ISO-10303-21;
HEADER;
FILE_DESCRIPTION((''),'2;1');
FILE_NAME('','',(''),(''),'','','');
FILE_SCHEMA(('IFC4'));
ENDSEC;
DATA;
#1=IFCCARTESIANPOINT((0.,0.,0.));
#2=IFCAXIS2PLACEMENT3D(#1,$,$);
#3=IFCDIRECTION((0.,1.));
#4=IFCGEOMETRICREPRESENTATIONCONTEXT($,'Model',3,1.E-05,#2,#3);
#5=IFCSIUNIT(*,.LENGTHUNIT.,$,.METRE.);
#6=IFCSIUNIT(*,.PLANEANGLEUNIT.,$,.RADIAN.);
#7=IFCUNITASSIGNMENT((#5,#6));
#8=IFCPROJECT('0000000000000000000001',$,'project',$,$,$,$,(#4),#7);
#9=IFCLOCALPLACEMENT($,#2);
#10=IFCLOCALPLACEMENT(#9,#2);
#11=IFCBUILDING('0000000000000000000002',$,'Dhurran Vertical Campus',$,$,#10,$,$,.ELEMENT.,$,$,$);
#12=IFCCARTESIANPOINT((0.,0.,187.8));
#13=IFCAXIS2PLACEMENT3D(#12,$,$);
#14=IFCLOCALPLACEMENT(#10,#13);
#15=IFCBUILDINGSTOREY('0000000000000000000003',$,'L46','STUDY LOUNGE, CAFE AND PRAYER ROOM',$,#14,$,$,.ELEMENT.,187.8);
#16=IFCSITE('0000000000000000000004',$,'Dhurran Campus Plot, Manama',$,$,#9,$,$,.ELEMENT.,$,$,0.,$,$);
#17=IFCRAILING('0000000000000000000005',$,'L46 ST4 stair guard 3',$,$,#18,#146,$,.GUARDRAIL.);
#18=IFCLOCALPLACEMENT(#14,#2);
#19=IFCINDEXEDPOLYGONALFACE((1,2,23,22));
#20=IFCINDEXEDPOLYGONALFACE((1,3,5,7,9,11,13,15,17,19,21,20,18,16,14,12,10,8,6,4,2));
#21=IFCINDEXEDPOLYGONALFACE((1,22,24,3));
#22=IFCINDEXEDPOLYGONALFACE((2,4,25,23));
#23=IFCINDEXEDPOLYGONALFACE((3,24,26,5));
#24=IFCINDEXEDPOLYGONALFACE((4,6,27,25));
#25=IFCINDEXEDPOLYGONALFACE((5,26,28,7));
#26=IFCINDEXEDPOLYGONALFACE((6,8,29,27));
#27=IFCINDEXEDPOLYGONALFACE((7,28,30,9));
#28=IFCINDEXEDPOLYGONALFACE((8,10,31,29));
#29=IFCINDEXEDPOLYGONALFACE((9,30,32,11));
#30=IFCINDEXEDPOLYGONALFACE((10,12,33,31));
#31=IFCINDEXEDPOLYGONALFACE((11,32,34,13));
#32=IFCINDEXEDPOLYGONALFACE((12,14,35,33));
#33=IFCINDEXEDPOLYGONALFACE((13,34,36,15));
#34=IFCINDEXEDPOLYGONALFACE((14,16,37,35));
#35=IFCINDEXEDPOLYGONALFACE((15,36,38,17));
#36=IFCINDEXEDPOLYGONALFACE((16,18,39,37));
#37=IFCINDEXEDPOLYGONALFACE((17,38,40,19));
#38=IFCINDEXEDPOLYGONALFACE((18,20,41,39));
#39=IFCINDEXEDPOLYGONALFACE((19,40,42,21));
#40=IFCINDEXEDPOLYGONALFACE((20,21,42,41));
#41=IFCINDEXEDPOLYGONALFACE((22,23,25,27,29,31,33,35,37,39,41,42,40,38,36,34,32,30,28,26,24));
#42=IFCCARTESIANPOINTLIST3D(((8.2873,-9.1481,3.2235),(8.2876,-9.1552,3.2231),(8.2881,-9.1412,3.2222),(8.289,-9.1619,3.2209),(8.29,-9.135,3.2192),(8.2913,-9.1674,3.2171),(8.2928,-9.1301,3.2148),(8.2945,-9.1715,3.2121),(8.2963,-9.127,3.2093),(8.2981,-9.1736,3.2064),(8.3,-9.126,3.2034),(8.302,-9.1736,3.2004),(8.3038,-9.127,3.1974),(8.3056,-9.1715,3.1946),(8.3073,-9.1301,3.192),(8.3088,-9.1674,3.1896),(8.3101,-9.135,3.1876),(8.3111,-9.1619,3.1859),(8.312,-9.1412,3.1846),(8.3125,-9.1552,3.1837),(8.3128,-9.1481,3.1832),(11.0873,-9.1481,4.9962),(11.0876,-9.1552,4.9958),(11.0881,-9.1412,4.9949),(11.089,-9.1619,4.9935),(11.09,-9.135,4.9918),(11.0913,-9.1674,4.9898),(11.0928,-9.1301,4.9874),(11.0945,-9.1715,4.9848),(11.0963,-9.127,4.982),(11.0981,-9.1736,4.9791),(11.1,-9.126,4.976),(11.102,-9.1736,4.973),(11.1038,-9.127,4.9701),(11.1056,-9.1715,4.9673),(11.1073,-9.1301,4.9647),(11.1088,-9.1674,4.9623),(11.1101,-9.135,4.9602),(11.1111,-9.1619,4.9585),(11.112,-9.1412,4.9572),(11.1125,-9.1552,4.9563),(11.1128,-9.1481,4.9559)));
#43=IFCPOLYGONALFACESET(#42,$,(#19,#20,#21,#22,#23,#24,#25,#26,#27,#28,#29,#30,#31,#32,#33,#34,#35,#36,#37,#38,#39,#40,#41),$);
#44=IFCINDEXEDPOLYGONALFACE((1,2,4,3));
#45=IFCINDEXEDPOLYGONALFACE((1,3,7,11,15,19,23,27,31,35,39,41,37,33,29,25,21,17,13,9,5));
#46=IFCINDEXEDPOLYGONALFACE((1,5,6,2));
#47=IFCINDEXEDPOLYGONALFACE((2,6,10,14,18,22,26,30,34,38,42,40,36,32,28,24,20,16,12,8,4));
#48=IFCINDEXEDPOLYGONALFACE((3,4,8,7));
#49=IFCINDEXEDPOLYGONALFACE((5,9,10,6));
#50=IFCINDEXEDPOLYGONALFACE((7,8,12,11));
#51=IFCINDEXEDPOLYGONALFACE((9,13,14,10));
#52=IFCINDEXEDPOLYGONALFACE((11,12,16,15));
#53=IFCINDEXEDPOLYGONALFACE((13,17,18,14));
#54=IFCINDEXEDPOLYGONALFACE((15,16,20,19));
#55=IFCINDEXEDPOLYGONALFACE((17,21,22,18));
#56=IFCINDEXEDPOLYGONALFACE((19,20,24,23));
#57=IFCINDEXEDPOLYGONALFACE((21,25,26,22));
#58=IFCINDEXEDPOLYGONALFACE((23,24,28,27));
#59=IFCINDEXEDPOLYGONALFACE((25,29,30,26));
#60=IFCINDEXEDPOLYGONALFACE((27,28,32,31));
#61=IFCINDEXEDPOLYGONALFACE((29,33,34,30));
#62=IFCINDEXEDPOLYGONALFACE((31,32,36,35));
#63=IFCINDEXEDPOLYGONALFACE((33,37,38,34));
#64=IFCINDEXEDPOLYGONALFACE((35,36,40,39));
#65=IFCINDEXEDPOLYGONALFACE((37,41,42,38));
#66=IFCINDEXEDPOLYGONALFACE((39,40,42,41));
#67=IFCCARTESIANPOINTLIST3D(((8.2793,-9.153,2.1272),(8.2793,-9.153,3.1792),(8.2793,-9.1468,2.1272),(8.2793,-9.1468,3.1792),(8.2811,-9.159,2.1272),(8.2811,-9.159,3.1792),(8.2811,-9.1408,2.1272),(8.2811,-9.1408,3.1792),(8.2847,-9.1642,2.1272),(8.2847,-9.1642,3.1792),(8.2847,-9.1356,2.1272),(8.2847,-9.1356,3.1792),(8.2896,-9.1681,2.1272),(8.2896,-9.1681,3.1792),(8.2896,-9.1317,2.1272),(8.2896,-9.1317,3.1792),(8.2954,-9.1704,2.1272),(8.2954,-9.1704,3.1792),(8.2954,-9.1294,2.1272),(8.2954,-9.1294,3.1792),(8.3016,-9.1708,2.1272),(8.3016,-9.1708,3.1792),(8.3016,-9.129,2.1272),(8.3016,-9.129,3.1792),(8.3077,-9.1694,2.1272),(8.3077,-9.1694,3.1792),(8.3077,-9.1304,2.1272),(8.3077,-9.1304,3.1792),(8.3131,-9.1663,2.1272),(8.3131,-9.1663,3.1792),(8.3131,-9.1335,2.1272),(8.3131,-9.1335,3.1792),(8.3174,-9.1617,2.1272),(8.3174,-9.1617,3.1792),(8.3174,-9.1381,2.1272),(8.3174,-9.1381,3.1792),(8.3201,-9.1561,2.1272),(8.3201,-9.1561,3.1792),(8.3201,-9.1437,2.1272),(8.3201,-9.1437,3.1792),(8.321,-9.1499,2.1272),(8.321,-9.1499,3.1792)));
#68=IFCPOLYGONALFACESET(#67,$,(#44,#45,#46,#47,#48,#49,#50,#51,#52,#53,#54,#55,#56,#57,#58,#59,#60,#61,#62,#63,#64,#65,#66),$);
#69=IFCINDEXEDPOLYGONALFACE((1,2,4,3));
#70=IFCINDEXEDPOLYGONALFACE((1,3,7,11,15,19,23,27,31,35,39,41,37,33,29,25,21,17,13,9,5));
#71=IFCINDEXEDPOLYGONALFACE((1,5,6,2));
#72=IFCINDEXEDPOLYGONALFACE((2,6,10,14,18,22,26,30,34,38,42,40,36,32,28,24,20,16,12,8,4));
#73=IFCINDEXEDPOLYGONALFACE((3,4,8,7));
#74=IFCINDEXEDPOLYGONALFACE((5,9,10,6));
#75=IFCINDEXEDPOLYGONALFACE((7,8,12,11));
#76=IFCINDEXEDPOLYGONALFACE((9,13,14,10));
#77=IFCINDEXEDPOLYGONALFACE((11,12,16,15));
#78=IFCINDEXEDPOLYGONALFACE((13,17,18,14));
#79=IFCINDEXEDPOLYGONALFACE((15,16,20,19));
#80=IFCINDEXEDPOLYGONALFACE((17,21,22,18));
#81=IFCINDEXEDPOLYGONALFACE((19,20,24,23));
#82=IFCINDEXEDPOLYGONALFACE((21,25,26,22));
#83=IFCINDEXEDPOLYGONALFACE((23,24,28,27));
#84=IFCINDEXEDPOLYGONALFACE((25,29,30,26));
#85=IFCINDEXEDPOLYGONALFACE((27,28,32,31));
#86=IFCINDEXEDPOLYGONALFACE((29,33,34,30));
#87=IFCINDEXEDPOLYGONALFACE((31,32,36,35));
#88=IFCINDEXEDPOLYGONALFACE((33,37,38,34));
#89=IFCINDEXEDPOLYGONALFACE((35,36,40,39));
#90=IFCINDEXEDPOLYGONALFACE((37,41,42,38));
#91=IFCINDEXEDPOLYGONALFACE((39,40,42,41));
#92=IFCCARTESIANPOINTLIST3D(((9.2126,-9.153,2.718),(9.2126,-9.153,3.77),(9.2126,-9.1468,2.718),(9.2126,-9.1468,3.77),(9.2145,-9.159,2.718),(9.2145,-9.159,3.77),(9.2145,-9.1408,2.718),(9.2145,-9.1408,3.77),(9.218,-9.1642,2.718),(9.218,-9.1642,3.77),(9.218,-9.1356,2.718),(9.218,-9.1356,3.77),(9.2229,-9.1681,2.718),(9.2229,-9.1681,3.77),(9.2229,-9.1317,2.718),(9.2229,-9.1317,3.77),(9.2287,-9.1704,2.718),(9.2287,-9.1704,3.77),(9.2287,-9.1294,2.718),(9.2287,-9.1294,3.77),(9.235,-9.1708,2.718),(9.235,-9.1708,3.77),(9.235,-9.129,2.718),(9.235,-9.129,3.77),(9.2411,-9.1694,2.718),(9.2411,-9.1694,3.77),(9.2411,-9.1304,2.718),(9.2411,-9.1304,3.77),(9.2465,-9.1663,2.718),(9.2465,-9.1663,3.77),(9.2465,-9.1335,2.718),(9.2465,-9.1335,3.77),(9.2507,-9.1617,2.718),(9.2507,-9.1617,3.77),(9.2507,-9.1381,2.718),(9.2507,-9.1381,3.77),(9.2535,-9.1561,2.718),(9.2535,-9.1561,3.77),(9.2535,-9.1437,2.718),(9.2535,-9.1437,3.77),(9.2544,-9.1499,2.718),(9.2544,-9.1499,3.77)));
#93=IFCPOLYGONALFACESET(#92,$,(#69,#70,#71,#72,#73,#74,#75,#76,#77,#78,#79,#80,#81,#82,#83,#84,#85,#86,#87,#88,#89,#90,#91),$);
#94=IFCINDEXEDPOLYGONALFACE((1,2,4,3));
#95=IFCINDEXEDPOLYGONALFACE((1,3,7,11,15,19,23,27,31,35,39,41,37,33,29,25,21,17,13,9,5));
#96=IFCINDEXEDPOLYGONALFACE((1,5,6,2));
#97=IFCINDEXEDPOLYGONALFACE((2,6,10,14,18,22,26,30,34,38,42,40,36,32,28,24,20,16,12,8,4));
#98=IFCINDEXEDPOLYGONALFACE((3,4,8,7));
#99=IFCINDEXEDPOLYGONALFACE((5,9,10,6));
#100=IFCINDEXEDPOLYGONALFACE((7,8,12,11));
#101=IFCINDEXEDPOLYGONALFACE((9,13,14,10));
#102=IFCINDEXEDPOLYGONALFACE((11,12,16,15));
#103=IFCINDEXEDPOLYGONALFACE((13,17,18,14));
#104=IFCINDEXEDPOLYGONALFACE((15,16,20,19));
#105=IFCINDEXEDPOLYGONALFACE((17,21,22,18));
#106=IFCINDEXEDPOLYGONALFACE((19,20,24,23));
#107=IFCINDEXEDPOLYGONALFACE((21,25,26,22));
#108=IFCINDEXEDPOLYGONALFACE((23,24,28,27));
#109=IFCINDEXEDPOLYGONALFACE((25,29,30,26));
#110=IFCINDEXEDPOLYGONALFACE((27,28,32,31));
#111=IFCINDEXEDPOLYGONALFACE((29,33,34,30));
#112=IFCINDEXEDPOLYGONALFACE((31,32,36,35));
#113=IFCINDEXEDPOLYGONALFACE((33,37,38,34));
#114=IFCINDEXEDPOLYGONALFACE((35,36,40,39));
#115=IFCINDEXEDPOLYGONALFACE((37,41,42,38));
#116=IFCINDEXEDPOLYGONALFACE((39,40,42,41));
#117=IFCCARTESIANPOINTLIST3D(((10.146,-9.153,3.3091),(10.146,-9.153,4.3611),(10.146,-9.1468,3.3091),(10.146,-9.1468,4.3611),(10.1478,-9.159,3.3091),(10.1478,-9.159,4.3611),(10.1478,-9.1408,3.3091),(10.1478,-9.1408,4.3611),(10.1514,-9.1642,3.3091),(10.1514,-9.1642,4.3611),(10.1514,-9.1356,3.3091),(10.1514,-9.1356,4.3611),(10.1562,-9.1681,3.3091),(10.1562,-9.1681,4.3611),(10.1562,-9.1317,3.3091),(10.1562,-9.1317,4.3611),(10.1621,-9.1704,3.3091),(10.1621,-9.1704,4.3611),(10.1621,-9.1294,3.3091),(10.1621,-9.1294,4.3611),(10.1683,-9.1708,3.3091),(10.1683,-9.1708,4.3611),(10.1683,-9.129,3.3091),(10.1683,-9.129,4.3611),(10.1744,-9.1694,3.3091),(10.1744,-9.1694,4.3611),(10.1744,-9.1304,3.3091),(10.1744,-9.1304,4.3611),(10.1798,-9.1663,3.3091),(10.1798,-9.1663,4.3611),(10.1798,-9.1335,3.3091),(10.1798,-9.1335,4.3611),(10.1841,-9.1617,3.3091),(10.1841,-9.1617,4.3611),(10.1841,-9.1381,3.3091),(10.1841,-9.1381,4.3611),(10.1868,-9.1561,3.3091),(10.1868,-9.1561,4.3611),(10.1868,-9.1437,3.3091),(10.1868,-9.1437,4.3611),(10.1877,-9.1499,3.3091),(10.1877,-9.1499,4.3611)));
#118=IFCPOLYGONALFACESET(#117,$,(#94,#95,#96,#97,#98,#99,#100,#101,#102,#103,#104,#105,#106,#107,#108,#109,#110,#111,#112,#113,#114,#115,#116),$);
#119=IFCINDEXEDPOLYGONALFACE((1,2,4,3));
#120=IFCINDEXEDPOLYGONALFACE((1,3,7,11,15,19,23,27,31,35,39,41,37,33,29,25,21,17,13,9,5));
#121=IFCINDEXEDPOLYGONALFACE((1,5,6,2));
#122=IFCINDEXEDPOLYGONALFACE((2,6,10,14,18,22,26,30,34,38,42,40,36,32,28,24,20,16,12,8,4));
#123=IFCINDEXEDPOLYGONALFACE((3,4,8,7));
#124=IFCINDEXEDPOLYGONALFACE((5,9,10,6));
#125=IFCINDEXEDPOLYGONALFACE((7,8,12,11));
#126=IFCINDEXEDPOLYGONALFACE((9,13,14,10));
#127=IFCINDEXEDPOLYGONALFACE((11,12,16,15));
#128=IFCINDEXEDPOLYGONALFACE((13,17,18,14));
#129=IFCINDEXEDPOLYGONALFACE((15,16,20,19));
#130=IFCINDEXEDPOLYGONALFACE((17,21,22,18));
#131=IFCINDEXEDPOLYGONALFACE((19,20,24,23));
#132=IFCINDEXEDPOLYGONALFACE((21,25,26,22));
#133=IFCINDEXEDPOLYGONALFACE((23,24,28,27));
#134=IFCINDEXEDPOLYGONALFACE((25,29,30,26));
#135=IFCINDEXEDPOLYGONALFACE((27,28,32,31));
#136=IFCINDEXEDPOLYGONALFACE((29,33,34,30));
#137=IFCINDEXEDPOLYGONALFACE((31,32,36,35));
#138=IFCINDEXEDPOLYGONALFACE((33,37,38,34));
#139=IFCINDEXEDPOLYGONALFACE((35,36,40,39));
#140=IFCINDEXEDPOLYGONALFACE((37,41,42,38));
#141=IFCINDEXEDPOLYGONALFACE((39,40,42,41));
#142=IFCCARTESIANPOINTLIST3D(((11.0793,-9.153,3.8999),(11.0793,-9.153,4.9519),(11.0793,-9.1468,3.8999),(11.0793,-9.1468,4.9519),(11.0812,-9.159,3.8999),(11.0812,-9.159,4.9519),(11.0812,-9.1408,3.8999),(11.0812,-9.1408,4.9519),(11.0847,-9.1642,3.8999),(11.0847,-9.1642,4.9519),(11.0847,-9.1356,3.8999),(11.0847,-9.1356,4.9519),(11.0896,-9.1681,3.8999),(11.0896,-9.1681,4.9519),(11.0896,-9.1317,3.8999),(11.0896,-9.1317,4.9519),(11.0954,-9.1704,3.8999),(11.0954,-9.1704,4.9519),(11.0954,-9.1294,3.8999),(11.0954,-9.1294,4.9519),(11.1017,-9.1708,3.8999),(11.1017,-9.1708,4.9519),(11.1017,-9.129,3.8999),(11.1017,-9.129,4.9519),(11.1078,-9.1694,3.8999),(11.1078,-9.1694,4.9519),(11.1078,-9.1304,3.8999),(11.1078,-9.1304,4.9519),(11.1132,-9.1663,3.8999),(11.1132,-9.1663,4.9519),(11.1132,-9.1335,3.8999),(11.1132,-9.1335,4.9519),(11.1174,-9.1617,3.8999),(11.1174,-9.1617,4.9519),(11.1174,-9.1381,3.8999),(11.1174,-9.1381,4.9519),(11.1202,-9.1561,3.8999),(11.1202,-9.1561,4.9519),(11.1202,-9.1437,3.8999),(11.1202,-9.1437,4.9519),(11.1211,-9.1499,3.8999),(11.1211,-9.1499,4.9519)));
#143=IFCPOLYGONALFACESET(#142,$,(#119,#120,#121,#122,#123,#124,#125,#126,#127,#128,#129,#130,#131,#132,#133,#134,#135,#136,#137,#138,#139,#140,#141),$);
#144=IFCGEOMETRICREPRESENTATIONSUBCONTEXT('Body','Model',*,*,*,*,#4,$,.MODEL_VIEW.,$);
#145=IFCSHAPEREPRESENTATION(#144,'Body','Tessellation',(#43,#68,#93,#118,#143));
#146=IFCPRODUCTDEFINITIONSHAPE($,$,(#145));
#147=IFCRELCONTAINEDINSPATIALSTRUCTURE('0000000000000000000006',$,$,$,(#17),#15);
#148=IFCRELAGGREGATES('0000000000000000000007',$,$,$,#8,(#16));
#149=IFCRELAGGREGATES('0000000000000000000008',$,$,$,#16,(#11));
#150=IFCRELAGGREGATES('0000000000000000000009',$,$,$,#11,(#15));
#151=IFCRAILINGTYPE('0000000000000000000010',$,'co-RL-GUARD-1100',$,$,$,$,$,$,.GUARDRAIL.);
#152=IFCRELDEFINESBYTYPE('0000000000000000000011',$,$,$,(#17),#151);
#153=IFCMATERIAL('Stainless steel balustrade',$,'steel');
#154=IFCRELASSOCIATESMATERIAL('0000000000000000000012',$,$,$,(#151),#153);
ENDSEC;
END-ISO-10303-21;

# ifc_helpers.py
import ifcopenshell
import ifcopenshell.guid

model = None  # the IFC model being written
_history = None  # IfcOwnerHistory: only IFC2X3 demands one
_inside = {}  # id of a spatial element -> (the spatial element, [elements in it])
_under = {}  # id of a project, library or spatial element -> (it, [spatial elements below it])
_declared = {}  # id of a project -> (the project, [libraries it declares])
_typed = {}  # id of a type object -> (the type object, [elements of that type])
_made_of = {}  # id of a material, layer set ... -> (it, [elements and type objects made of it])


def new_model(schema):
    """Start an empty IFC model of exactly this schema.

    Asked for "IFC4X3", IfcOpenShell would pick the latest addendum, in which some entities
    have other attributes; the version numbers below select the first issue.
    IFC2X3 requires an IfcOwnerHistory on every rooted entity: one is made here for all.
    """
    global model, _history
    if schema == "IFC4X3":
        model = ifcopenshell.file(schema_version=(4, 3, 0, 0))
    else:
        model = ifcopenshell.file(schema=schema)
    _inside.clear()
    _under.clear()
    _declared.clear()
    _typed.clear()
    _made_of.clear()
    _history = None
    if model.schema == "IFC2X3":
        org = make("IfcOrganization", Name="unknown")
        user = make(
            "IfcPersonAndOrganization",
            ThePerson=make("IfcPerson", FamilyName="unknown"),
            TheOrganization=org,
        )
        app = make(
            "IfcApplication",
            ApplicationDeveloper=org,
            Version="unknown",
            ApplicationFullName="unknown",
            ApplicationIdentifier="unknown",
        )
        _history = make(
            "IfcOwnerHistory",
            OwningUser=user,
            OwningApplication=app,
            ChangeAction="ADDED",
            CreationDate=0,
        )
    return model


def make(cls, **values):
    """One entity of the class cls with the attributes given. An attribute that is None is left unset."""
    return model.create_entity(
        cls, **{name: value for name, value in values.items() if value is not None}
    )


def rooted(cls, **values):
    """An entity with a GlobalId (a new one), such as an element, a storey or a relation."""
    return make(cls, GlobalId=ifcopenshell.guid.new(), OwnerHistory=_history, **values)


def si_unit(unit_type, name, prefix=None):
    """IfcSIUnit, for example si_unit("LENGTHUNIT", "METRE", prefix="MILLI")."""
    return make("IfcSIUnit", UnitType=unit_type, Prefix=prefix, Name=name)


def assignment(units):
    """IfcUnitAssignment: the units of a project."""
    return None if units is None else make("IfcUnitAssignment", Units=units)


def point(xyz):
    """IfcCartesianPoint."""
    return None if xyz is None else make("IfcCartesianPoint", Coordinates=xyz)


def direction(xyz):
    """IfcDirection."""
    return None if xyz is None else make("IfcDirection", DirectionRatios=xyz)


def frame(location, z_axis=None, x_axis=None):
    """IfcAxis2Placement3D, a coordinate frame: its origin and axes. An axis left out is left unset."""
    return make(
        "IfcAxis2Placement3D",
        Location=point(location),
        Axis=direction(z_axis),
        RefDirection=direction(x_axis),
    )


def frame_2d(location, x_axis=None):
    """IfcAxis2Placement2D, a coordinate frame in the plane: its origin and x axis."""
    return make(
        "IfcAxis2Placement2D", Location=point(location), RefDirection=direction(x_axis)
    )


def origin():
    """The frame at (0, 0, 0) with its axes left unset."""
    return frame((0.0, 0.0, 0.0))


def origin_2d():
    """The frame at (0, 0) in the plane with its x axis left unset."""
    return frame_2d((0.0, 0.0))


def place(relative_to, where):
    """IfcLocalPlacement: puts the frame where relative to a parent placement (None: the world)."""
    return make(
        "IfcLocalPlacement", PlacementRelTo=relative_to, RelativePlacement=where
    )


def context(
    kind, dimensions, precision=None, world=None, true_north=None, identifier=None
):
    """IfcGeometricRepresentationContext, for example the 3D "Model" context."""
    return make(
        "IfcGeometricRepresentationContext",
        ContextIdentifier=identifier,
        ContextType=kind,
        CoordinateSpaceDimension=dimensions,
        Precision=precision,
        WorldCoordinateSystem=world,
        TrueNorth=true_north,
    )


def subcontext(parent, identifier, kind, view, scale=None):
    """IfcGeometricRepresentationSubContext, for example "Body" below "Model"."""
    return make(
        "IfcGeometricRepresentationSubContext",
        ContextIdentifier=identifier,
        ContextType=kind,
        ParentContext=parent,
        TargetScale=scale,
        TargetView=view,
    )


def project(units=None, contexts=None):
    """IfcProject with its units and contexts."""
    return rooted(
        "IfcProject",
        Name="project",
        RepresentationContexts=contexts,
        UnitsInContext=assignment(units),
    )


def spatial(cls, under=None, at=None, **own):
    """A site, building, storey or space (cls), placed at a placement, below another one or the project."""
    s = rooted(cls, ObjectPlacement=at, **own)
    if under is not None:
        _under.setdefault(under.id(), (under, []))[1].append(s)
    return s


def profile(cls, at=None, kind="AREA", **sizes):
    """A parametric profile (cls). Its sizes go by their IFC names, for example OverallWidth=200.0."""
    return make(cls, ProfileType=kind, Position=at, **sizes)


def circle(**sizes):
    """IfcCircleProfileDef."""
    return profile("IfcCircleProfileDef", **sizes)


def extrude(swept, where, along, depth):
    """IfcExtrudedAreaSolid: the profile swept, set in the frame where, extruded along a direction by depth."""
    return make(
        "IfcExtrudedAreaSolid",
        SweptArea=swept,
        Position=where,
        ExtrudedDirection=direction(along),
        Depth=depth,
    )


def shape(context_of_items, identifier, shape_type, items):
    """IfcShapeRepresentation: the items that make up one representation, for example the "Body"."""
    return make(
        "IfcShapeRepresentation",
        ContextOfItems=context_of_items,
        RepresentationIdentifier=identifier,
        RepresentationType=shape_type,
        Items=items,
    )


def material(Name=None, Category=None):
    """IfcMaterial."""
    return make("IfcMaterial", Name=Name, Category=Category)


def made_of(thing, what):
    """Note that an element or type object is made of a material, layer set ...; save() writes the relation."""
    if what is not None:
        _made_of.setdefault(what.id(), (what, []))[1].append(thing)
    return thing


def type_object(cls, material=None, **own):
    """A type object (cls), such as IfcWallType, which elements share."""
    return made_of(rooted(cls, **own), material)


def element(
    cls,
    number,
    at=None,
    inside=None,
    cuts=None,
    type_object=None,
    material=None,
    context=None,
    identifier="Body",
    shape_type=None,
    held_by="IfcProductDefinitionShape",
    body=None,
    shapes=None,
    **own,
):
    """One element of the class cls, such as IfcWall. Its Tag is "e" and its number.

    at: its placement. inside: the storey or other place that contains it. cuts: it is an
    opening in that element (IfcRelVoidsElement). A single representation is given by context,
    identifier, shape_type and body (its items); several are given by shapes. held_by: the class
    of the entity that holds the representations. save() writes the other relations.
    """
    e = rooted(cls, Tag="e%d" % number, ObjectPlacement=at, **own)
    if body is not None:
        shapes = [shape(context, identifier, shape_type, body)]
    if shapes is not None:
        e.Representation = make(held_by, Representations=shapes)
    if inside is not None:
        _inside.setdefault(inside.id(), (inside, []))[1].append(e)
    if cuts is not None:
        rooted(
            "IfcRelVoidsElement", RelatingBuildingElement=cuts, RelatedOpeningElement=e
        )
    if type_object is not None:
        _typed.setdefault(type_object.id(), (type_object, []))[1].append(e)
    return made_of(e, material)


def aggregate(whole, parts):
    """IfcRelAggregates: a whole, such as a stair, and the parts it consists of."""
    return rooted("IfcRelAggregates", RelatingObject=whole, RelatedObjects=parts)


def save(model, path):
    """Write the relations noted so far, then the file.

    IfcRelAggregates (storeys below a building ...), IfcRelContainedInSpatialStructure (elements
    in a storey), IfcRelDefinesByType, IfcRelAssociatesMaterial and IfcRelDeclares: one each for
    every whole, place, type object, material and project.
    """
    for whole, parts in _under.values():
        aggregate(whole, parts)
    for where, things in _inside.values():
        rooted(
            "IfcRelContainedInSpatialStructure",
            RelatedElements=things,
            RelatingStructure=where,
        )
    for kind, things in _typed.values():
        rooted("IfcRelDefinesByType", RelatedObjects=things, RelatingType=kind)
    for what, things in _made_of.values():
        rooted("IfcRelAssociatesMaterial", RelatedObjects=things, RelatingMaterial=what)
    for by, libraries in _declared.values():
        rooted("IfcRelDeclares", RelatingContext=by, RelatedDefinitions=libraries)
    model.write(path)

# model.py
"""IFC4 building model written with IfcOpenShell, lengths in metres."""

from ifc_helpers import new_model, si_unit, direction, frame, origin, origin_2d, place, context, subcontext, project, spatial, circle, extrude, material, type_object, element, save


model = new_model("IFC4")

# Units and contexts
model_context = context("Model", 3, precision=1e-05, world=origin(), true_north=direction((0.0, 1.0)))
body_context = subcontext(model_context, "Body", "Model", "MODEL_VIEW")
ifc_project = project(units=[si_unit("LENGTHUNIT", "METRE"), si_unit("PLANEANGLEUNIT", "RADIAN")], contexts=[model_context])

# Site, building, storey
site_placement = place(None, origin())
site = spatial("IfcSite", under=ifc_project, at=site_placement, Name="Dhurran Campus Plot, Manama", CompositionType="ELEMENT", RefElevation=0.0)
building_placement = place(site_placement, origin())
building = spatial("IfcBuilding", under=site, at=building_placement, Name="Dhurran Vertical Campus", CompositionType="ELEMENT")
storey_placement = place(building_placement, frame((0.0, 0.0, 187.8)))
storey = spatial("IfcBuildingStorey", under=building, at=storey_placement, Name="L46", Description="STUDY LOUNGE, CAFE AND PRAYER ROOM", CompositionType="ELEMENT", Elevation=187.8)

# Railing
ifc_material_1 = material(Name="Stainless steel balustrade", Category="steel")
railing_type_1 = type_object("IfcRailingType", Name="co-RL-GUARD-1100", PredefinedType="GUARDRAIL", material=ifc_material_1)
railing_1_placement = place(storey_placement, frame((8.3, -9.1499, 2.1272)))
element("IfcRailing", 1, at=railing_1_placement, inside=storey, type_object=railing_type_1, Name="L46 ST4 stair guard 3", PredefinedType="GUARDRAIL", context=body_context, shape_type="SweptSolid", body=[
    extrude(circle(Radius=0.0239, at=origin_2d()), frame((0.0, 0.0, 1.0762), z_axis=(0.844909, 0.0, 0.53491), x_axis=(0.0, 1.0, 0.0)), (0.0, 0.0, 1.0), 3.314),
    extrude(circle(Radius=0.021, at=origin_2d()), origin(), (0.0, 0.0, 1.0), 1.052),
    extrude(circle(Radius=0.021, at=origin_2d()), frame((0.9333, 0.0, 0.5908)), (0.0, 0.0, 1.0), 1.052),
    extrude(circle(Radius=0.021, at=origin_2d()), frame((1.8667, 0.0, 1.1819)), (0.0, 0.0, 1.0), 1.052),
    extrude(circle(Radius=0.021, at=origin_2d()), frame((2.8, 0.0, 1.7727)), (0.0, 0.0, 1.0), 1.052),
])

save(model, "model.ifc")
